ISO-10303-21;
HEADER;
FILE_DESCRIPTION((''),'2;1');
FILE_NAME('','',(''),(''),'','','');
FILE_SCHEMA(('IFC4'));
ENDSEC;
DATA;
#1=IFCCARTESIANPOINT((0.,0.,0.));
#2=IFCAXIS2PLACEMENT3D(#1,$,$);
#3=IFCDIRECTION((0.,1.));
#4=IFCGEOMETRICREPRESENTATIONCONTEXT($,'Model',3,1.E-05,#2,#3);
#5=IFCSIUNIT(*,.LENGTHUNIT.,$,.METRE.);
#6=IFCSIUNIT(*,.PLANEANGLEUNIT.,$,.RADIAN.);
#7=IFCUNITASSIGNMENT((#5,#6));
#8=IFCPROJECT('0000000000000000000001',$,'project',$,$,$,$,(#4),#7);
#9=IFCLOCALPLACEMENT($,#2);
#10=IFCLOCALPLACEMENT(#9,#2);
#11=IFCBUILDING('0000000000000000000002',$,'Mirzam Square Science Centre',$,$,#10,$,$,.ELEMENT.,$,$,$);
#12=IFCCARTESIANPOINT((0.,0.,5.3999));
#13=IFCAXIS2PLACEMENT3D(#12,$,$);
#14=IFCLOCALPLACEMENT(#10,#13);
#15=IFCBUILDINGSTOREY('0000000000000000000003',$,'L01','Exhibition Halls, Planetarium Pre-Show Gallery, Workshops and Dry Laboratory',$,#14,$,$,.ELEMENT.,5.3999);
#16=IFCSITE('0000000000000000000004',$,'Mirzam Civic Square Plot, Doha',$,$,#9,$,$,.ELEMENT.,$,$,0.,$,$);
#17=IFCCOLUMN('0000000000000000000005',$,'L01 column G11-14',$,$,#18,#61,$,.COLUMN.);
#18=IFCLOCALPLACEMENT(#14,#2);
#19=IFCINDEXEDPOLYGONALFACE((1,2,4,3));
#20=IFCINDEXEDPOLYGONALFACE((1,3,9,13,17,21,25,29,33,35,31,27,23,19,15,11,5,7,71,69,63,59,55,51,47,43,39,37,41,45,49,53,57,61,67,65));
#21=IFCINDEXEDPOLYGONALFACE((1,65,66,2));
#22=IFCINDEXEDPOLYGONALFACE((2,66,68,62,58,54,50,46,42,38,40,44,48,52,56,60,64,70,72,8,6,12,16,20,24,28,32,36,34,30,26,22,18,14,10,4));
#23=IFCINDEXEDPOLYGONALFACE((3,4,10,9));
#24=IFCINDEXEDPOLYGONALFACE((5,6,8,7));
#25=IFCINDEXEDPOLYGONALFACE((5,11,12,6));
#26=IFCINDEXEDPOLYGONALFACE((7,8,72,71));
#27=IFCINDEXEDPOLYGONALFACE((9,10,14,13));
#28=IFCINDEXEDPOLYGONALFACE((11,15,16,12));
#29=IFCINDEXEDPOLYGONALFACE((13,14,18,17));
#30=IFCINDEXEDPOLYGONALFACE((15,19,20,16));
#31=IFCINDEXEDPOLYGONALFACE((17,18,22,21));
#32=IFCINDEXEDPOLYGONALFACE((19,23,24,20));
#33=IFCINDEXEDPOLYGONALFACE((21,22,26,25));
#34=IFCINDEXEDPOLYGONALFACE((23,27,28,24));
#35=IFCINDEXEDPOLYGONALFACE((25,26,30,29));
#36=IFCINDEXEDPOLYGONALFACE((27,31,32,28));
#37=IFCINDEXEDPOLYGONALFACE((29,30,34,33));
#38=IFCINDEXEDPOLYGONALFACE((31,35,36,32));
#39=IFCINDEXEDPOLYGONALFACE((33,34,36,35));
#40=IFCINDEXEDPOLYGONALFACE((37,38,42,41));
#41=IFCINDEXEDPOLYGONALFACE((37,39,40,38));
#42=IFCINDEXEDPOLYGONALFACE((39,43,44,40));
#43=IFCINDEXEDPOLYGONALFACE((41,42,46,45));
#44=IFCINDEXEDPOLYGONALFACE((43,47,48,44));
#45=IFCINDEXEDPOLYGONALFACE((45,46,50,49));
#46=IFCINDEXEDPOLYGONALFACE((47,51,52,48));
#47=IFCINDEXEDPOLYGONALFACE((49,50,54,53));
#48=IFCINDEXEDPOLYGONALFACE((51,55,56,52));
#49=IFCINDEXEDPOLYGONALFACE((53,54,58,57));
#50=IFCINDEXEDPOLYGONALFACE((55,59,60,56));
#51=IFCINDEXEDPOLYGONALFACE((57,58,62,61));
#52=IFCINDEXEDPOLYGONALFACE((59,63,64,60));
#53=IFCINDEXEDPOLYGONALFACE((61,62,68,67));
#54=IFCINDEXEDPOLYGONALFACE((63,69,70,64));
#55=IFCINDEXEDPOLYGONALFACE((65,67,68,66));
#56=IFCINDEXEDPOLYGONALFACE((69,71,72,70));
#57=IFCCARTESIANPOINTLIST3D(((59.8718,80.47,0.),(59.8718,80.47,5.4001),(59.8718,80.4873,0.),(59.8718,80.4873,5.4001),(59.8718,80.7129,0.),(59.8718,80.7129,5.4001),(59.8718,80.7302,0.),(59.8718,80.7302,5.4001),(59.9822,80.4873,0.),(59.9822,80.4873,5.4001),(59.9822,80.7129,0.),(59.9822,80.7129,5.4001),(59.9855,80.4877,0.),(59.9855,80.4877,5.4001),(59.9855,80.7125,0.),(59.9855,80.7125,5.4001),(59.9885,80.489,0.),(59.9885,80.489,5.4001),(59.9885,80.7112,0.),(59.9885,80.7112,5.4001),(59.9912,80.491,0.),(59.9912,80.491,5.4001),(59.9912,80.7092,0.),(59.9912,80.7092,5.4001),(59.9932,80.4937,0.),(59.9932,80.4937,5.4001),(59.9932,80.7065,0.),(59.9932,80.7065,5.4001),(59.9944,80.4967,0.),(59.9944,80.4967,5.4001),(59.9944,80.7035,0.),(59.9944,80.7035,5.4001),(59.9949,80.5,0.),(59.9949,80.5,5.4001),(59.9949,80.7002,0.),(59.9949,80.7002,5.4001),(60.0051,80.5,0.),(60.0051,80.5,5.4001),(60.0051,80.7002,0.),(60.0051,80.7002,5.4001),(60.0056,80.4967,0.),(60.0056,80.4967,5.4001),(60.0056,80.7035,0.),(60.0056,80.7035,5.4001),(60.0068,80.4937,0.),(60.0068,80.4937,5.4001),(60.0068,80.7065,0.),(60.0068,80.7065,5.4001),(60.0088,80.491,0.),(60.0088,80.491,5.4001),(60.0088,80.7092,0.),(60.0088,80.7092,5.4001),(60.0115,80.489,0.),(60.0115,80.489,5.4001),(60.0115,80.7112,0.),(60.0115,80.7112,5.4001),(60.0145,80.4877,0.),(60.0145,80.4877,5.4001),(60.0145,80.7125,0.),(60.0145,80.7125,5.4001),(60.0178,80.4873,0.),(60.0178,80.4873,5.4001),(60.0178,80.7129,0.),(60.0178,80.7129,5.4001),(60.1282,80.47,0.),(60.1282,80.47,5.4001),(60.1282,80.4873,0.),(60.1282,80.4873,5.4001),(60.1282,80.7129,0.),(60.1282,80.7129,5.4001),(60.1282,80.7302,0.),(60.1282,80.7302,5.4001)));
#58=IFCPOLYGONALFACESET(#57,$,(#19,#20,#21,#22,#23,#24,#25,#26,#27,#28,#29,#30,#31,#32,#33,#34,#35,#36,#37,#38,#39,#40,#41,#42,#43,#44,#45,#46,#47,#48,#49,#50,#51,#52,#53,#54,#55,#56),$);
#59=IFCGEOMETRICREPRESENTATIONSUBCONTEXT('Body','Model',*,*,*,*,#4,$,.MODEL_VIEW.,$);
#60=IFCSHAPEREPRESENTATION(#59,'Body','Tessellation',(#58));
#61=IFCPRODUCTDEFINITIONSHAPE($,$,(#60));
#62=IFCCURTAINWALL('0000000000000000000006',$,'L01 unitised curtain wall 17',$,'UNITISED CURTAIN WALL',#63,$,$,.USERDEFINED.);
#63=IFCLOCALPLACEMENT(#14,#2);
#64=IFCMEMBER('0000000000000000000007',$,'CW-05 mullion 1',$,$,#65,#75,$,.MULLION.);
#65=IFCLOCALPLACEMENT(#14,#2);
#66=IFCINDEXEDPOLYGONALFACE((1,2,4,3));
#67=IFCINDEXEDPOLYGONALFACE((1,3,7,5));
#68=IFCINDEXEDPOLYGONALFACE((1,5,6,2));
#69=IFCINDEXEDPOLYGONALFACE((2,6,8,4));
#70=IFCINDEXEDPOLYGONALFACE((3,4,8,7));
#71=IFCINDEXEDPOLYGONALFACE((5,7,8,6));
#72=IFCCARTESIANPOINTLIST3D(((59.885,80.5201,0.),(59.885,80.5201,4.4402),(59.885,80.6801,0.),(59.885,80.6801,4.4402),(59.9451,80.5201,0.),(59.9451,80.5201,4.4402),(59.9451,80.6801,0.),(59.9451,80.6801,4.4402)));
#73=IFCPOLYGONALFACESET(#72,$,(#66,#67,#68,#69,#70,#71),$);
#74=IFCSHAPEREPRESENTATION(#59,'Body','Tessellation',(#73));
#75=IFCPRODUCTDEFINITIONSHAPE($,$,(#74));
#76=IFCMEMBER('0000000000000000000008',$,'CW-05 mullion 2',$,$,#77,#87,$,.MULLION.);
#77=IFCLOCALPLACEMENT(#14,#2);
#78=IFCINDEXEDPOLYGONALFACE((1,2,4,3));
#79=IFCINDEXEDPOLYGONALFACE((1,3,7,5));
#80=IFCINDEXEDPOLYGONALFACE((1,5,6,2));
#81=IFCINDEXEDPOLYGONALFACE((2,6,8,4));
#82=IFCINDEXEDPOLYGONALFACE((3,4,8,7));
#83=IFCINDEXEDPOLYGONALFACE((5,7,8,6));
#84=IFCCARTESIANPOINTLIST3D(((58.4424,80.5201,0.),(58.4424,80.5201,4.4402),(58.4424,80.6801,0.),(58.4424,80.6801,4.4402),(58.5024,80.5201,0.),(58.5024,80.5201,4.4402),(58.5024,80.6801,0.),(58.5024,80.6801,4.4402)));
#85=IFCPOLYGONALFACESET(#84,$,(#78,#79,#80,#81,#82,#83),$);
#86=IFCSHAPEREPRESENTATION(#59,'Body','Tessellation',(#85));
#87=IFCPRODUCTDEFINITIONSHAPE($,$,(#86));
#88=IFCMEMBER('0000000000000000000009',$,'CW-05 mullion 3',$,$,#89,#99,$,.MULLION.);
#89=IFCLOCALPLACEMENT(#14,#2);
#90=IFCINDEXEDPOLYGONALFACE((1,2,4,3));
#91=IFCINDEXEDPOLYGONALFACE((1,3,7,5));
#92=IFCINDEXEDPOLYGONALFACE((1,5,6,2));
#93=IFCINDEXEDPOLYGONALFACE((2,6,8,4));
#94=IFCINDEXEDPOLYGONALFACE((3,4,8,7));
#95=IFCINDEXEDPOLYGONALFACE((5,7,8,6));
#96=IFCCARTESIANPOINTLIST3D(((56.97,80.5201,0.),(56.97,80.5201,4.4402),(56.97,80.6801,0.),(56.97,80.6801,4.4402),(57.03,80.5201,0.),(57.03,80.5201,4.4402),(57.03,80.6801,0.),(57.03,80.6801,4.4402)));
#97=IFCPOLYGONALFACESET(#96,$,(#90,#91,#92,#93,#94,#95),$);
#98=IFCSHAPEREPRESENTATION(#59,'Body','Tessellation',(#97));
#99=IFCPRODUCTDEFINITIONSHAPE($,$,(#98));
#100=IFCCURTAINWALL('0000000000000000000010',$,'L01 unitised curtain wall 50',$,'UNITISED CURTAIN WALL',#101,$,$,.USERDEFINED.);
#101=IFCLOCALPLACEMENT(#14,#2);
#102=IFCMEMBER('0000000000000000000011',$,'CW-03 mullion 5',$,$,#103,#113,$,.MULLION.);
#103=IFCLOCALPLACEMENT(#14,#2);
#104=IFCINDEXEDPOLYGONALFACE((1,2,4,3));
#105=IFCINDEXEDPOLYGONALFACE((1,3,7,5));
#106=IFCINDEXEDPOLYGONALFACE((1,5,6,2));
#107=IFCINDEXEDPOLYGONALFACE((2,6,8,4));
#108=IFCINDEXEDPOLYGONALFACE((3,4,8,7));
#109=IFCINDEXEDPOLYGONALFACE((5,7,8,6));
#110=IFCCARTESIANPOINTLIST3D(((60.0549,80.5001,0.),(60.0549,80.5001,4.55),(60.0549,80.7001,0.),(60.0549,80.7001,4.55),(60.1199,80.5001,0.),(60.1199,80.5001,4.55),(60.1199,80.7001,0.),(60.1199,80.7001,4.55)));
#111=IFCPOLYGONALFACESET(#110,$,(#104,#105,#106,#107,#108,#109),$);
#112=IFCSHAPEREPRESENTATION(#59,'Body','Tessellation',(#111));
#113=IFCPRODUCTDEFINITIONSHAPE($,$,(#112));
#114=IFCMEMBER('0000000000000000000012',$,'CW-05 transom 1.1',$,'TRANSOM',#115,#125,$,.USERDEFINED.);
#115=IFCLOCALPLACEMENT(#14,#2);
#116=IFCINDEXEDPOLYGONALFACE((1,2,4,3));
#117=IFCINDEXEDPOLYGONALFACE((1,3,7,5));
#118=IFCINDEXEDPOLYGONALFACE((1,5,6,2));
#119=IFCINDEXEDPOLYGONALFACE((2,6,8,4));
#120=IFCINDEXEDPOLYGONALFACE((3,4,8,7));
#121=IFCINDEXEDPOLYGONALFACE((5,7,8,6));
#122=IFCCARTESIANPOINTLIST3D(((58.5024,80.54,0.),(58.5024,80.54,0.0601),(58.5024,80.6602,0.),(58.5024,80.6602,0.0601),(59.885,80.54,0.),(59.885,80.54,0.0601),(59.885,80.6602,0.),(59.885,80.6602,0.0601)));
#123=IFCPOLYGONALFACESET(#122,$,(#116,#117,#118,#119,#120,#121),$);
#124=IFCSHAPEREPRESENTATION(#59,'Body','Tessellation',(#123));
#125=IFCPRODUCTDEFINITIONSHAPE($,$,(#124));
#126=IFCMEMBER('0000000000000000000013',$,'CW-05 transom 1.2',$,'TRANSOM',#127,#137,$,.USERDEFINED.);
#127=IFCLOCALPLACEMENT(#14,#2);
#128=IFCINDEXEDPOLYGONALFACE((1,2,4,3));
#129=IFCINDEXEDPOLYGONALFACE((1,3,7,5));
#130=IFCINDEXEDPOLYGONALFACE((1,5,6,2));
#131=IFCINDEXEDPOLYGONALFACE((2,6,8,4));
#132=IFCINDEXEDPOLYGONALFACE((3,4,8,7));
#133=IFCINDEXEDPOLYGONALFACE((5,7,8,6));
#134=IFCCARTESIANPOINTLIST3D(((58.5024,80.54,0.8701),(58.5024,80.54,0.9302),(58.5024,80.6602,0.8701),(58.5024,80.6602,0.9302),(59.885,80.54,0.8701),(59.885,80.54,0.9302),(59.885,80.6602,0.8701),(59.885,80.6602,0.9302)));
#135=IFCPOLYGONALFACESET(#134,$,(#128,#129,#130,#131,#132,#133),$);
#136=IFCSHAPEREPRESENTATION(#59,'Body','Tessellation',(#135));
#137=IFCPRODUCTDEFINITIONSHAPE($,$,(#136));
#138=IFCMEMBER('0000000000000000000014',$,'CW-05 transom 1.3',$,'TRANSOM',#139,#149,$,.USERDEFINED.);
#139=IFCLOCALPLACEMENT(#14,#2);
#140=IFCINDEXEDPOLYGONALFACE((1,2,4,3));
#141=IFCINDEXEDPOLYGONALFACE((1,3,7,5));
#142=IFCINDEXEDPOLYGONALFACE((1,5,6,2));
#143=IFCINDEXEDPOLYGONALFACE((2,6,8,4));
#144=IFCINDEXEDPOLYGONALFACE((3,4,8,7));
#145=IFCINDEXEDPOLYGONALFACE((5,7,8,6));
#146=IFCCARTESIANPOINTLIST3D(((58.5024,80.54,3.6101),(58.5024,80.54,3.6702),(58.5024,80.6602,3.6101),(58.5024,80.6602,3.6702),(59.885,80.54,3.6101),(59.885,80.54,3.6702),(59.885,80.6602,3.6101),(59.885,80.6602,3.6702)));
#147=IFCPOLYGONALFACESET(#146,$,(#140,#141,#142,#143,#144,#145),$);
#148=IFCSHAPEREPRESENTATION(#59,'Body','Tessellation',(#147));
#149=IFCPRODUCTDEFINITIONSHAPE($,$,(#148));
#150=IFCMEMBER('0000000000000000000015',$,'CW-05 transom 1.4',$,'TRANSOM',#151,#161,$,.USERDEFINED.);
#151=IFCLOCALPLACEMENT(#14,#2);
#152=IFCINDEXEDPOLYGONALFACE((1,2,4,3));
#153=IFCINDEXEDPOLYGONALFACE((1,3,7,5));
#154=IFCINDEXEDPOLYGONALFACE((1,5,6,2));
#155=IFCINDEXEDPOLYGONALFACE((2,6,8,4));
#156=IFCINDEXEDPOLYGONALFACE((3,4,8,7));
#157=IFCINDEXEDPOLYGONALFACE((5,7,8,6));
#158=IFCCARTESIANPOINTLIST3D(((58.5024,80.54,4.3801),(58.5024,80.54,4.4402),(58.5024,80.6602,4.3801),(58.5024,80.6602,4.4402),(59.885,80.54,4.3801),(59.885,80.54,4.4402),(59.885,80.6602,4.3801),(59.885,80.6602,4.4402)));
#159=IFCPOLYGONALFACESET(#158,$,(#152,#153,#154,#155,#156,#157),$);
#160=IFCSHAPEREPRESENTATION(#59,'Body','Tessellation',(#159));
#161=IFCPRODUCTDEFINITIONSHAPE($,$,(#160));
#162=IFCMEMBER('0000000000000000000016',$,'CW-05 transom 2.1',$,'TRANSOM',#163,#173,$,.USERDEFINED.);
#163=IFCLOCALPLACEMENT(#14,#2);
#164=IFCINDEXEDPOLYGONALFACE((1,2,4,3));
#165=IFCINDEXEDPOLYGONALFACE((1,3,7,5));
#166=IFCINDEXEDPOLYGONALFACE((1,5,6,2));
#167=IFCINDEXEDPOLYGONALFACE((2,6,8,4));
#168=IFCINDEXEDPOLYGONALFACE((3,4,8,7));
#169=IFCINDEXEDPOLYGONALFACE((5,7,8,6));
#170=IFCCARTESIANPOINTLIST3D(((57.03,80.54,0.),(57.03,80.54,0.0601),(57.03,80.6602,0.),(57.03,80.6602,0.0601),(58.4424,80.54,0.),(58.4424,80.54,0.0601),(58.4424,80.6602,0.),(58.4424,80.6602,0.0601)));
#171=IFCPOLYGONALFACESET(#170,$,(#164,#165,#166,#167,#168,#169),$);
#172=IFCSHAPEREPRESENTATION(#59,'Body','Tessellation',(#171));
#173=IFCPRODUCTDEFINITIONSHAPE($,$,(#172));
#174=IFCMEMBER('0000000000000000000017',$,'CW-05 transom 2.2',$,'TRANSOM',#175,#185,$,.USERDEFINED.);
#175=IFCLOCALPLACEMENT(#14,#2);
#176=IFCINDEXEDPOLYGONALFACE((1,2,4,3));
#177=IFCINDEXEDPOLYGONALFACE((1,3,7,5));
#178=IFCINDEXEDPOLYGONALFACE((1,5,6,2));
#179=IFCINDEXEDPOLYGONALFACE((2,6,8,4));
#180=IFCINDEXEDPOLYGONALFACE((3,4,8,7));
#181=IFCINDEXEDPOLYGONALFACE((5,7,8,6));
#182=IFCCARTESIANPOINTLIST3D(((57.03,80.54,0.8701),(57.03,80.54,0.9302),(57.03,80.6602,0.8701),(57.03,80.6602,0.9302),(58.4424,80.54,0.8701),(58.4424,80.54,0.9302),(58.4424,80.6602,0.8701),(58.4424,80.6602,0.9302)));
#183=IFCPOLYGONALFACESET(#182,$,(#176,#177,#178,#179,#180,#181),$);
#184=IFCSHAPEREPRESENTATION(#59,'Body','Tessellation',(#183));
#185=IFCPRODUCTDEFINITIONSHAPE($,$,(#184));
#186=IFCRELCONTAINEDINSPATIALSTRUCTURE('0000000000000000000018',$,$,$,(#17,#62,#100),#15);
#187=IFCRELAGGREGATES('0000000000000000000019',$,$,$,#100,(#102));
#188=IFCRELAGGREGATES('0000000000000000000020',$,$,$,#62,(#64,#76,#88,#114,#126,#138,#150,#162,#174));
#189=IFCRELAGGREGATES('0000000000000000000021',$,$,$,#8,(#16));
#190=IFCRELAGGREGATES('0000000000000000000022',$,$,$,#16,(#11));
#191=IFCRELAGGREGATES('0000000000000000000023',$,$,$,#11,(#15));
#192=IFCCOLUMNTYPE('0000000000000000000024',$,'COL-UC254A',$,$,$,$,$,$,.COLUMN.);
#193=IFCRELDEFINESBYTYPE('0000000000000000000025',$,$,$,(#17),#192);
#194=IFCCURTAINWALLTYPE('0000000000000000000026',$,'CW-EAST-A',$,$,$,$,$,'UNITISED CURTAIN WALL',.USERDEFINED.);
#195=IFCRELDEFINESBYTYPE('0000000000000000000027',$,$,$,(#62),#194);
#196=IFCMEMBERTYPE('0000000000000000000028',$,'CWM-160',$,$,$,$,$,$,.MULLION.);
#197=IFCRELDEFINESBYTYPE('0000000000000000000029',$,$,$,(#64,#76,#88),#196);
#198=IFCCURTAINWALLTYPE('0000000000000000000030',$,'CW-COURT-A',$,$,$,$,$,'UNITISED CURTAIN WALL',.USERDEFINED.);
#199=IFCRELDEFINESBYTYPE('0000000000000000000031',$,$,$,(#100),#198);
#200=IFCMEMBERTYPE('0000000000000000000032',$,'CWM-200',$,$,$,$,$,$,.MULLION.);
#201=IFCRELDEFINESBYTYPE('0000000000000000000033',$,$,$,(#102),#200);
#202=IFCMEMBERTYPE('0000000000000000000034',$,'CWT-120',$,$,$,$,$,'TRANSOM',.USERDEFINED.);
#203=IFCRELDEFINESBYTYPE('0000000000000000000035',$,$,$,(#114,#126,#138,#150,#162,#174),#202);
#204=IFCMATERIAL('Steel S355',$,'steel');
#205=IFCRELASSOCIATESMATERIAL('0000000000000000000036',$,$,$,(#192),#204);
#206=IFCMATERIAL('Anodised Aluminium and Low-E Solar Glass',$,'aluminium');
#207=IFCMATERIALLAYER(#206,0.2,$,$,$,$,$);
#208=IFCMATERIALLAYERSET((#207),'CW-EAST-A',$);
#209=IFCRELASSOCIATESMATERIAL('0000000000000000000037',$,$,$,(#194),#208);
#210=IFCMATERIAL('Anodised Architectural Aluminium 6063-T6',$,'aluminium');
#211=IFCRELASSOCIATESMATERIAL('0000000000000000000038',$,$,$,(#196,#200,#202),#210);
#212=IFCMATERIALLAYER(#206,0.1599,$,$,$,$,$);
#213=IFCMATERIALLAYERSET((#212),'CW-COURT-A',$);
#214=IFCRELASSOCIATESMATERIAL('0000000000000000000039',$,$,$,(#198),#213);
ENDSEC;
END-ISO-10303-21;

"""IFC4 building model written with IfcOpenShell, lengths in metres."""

from ifc_helpers import new_model, si_unit, direction, frame, origin, origin_2d, place, context, subcontext, project, spatial, rectangle, i_section, extrude, material, layer, layer_set, material_profile, profile_set, type_object, element, aggregate, save


model = new_model("IFC4")

# Units and contexts
model_context = context("Model", 3, precision=1e-05, world=origin(), true_north=direction((0.0, 1.0)))
body_context = subcontext(model_context, "Body", "Model", "MODEL_VIEW")
ifc_project = project(units=[si_unit("LENGTHUNIT", "METRE"), si_unit("PLANEANGLEUNIT", "RADIAN")], contexts=[model_context])

# Site, building, storey
site_placement = place(None, origin())
site = spatial("IfcSite", under=ifc_project, at=site_placement, Name="Mirzam Civic Square Plot, Doha", CompositionType="ELEMENT", RefElevation=0.0)
building_placement = place(site_placement, origin())
building = spatial("IfcBuilding", under=site, at=building_placement, Name="Mirzam Square Science Centre", CompositionType="ELEMENT")
storey_placement = place(building_placement, frame((0.0, 0.0, 5.3999)))
storey = spatial("IfcBuildingStorey", under=building, at=storey_placement, Name="L01", Description="Exhibition Halls, Planetarium Pre-Show Gallery, Workshops and Dry Laboratory", CompositionType="ELEMENT", Elevation=5.3999)

# Column
ifc_material_1 = material(Name="Steel S355", Category="steel")
ifc_material_profile_1 = material_profile(ifc_material_1, i_section(OverallWidth=0.2563, OverallDepth=0.2603, WebThickness=0.0103, FlangeThickness=0.0173, FilletRadius=0.0127, at=origin_2d()), Name="254x254x89UC")
ifc_profile_set_1 = profile_set([ifc_material_profile_1], Name="Steel S355")
column_type = type_object("IfcColumnType", Name="COL-UC254A", PredefinedType="COLUMN", material=ifc_profile_set_1)
column_placement = place(storey_placement, frame((60.0, 80.6001, 0.0), z_axis=(0.0, 0.0, 1.0), x_axis=(1.0, 0.0, 0.0)))
element("IfcColumn", 1, at=column_placement, inside=storey, type_object=column_type, Name="L01 column G11-14", PredefinedType="COLUMN", context=body_context, shape_type="SweptSolid", body=[
    extrude(i_section(OverallWidth=0.2563, OverallDepth=0.2603, WebThickness=0.0103, FlangeThickness=0.0173, FilletRadius=0.0127, at=origin_2d()), origin(), (0.0, 0.0, 1.0), 5.4001),
])

# Curtain wall, members
ifc_material_2 = material(Name="Anodised Aluminium and Low-E Solar Glass", Category="aluminium")
ifc_layer_1 = layer(ifc_material_2, 0.2)
ifc_layer_set_1 = layer_set([ifc_layer_1], Name="CW-EAST-A")
curtain_wall_type_1 = type_object("IfcCurtainWallType", Name="CW-EAST-A", ElementType="UNITISED CURTAIN WALL", PredefinedType="USERDEFINED", material=ifc_layer_set_1)
curtain_wall_1_placement = place(storey_placement, origin())
curtain_wall_1 = element("IfcCurtainWall", 2, at=curtain_wall_1_placement, inside=storey, type_object=curtain_wall_type_1, Name="L01 unitised curtain wall 17", ObjectType="UNITISED CURTAIN WALL", PredefinedType="USERDEFINED")
ifc_material_3 = material(Name="Anodised Architectural Aluminium 6063-T6", Category="aluminium")
ifc_material_profile_2 = material_profile(ifc_material_3, rectangle(XDim=0.0601, YDim=0.1599, at=origin_2d()), Name="ALU-MULL-160x60x4")
ifc_profile_set_2 = profile_set([ifc_material_profile_2], Name="Anodised Architectural Aluminium 6063-T6")
member_type_1 = type_object("IfcMemberType", Name="CWM-160", PredefinedType="MULLION", material=ifc_profile_set_2)
member_1_placement = place(storey_placement, frame((59.915, 80.6001, 0.0), z_axis=(0.0, 0.0, 1.0), x_axis=(-1.0, 0.0, 0.0)))
member_1 = element("IfcMember", 3, at=member_1_placement, type_object=member_type_1, Name="CW-05 mullion 1", PredefinedType="MULLION", context=body_context, shape_type="SweptSolid", body=[
    extrude(rectangle(XDim=0.0601, YDim=0.1599, at=origin_2d()), origin(), (0.0, 0.0, 1.0), 4.4402),
])
member_2_placement = place(storey_placement, frame((58.4724, 80.6001, 0.0), z_axis=(0.0, 0.0, 1.0), x_axis=(-1.0, 0.0, 0.0)))
member_2 = element("IfcMember", 4, at=member_2_placement, type_object=member_type_1, Name="CW-05 mullion 2", PredefinedType="MULLION", context=body_context, shape_type="SweptSolid", body=[
    extrude(rectangle(XDim=0.0601, YDim=0.1599, at=origin_2d()), origin(), (0.0, 0.0, 1.0), 4.4402),
])
member_3_placement = place(storey_placement, frame((57.0, 80.6001, 0.0), z_axis=(0.0, 0.0, 1.0), x_axis=(-1.0, 0.0, 0.0)))
member_3 = element("IfcMember", 5, at=member_3_placement, type_object=member_type_1, Name="CW-05 mullion 3", PredefinedType="MULLION", context=body_context, shape_type="SweptSolid", body=[
    extrude(rectangle(XDim=0.0601, YDim=0.1599, at=origin_2d()), origin(), (0.0, 0.0, 1.0), 4.4402),
])

# Curtain wall, member
ifc_layer_2 = layer(ifc_material_2, 0.1599)
ifc_layer_set_2 = layer_set([ifc_layer_2], Name="CW-COURT-A")
curtain_wall_type_2 = type_object("IfcCurtainWallType", Name="CW-COURT-A", ElementType="UNITISED CURTAIN WALL", PredefinedType="USERDEFINED", material=ifc_layer_set_2)
curtain_wall_2_placement = place(storey_placement, origin())
curtain_wall_2 = element("IfcCurtainWall", 6, at=curtain_wall_2_placement, inside=storey, type_object=curtain_wall_type_2, Name="L01 unitised curtain wall 50", ObjectType="UNITISED CURTAIN WALL", PredefinedType="USERDEFINED")
ifc_material_profile_3 = material_profile(ifc_material_3, rectangle(XDim=0.0649, YDim=0.2, at=origin_2d()), Name="ALU-MULL-200x65x5")
ifc_profile_set_3 = profile_set([ifc_material_profile_3], Name="Anodised Architectural Aluminium 6063-T6")
member_type_2 = type_object("IfcMemberType", Name="CWM-200", PredefinedType="MULLION", material=ifc_profile_set_3)
member_4_placement = place(storey_placement, frame((60.0874, 80.6001, 0.0), z_axis=(0.0, 0.0, 1.0), x_axis=(-1.0, 0.0, 0.0)))
member_4 = element("IfcMember", 7, at=member_4_placement, type_object=member_type_2, Name="CW-03 mullion 5", PredefinedType="MULLION", context=body_context, shape_type="SweptSolid", body=[
    extrude(rectangle(XDim=0.0649, YDim=0.2, at=origin_2d()), origin(), (0.0, 0.0, 1.0), 4.55),
])
aggregate(curtain_wall_2, [member_4])

# Members
ifc_material_profile_4 = material_profile(ifc_material_3, rectangle(XDim=0.1201, YDim=0.0601, at=origin_2d()), Name="ALU-TRAN-120x60x4")
ifc_profile_set_4 = profile_set([ifc_material_profile_4], Name="Anodised Architectural Aluminium 6063-T6")
member_type_3 = type_object("IfcMemberType", Name="CWT-120", ElementType="TRANSOM", PredefinedType="USERDEFINED", material=ifc_profile_set_4)
member_5_placement = place(storey_placement, frame((59.885, 80.6001, 0.03), z_axis=(-1.0, 0.0, 0.0), x_axis=(0.0, -1.0, 0.0)))
member_5 = element("IfcMember", 8, at=member_5_placement, type_object=member_type_3, Name="CW-05 transom 1.1", ObjectType="TRANSOM", PredefinedType="USERDEFINED", context=body_context, shape_type="SweptSolid", body=[
    extrude(rectangle(XDim=0.1201, YDim=0.0601, at=origin_2d()), origin(), (0.0, 0.0, 1.0), 1.3826),
])
member_6_placement = place(storey_placement, frame((59.885, 80.6001, 0.9001), z_axis=(-1.0, 0.0, 0.0), x_axis=(0.0, -1.0, 0.0)))
member_6 = element("IfcMember", 9, at=member_6_placement, type_object=member_type_3, Name="CW-05 transom 1.2", ObjectType="TRANSOM", PredefinedType="USERDEFINED", context=body_context, shape_type="SweptSolid", body=[
    extrude(rectangle(XDim=0.1201, YDim=0.0601, at=origin_2d()), origin(), (0.0, 0.0, 1.0), 1.3826),
])
member_7_placement = place(storey_placement, frame((59.885, 80.6001, 3.6401), z_axis=(-1.0, 0.0, 0.0), x_axis=(0.0, -1.0, 0.0)))
member_7 = element("IfcMember", 10, at=member_7_placement, type_object=member_type_3, Name="CW-05 transom 1.3", ObjectType="TRANSOM", PredefinedType="USERDEFINED", context=body_context, shape_type="SweptSolid", body=[
    extrude(rectangle(XDim=0.1201, YDim=0.0601, at=origin_2d()), origin(), (0.0, 0.0, 1.0), 1.3826),
])
member_8_placement = place(storey_placement, frame((59.885, 80.6001, 4.4102), z_axis=(-1.0, 0.0, 0.0), x_axis=(0.0, -1.0, 0.0)))
member_8 = element("IfcMember", 11, at=member_8_placement, type_object=member_type_3, Name="CW-05 transom 1.4", ObjectType="TRANSOM", PredefinedType="USERDEFINED", context=body_context, shape_type="SweptSolid", body=[
    extrude(rectangle(XDim=0.1201, YDim=0.0601, at=origin_2d()), origin(), (0.0, 0.0, 1.0), 1.3826),
])
member_9_placement = place(storey_placement, frame((58.4424, 80.6001, 0.03), z_axis=(-1.0, 0.0, 0.0), x_axis=(0.0, -1.0, 0.0)))
member_9 = element("IfcMember", 12, at=member_9_placement, type_object=member_type_3, Name="CW-05 transom 2.1", ObjectType="TRANSOM", PredefinedType="USERDEFINED", context=body_context, shape_type="SweptSolid", body=[
    extrude(rectangle(XDim=0.1201, YDim=0.0601, at=origin_2d()), origin(), (0.0, 0.0, 1.0), 1.4124),
])
member_10_placement = place(storey_placement, frame((58.4424, 80.6001, 0.9001), z_axis=(-1.0, 0.0, 0.0), x_axis=(0.0, -1.0, 0.0)))
member_10 = element("IfcMember", 13, at=member_10_placement, type_object=member_type_3, Name="CW-05 transom 2.2", ObjectType="TRANSOM", PredefinedType="USERDEFINED", context=body_context, shape_type="SweptSolid", body=[
    extrude(rectangle(XDim=0.1201, YDim=0.0601, at=origin_2d()), origin(), (0.0, 0.0, 1.0), 1.4124),
])

aggregate(curtain_wall_1, [member_1, member_2, member_3, member_5, member_6, member_7, member_8, member_9, member_10])

save(model, "model.ifc")
